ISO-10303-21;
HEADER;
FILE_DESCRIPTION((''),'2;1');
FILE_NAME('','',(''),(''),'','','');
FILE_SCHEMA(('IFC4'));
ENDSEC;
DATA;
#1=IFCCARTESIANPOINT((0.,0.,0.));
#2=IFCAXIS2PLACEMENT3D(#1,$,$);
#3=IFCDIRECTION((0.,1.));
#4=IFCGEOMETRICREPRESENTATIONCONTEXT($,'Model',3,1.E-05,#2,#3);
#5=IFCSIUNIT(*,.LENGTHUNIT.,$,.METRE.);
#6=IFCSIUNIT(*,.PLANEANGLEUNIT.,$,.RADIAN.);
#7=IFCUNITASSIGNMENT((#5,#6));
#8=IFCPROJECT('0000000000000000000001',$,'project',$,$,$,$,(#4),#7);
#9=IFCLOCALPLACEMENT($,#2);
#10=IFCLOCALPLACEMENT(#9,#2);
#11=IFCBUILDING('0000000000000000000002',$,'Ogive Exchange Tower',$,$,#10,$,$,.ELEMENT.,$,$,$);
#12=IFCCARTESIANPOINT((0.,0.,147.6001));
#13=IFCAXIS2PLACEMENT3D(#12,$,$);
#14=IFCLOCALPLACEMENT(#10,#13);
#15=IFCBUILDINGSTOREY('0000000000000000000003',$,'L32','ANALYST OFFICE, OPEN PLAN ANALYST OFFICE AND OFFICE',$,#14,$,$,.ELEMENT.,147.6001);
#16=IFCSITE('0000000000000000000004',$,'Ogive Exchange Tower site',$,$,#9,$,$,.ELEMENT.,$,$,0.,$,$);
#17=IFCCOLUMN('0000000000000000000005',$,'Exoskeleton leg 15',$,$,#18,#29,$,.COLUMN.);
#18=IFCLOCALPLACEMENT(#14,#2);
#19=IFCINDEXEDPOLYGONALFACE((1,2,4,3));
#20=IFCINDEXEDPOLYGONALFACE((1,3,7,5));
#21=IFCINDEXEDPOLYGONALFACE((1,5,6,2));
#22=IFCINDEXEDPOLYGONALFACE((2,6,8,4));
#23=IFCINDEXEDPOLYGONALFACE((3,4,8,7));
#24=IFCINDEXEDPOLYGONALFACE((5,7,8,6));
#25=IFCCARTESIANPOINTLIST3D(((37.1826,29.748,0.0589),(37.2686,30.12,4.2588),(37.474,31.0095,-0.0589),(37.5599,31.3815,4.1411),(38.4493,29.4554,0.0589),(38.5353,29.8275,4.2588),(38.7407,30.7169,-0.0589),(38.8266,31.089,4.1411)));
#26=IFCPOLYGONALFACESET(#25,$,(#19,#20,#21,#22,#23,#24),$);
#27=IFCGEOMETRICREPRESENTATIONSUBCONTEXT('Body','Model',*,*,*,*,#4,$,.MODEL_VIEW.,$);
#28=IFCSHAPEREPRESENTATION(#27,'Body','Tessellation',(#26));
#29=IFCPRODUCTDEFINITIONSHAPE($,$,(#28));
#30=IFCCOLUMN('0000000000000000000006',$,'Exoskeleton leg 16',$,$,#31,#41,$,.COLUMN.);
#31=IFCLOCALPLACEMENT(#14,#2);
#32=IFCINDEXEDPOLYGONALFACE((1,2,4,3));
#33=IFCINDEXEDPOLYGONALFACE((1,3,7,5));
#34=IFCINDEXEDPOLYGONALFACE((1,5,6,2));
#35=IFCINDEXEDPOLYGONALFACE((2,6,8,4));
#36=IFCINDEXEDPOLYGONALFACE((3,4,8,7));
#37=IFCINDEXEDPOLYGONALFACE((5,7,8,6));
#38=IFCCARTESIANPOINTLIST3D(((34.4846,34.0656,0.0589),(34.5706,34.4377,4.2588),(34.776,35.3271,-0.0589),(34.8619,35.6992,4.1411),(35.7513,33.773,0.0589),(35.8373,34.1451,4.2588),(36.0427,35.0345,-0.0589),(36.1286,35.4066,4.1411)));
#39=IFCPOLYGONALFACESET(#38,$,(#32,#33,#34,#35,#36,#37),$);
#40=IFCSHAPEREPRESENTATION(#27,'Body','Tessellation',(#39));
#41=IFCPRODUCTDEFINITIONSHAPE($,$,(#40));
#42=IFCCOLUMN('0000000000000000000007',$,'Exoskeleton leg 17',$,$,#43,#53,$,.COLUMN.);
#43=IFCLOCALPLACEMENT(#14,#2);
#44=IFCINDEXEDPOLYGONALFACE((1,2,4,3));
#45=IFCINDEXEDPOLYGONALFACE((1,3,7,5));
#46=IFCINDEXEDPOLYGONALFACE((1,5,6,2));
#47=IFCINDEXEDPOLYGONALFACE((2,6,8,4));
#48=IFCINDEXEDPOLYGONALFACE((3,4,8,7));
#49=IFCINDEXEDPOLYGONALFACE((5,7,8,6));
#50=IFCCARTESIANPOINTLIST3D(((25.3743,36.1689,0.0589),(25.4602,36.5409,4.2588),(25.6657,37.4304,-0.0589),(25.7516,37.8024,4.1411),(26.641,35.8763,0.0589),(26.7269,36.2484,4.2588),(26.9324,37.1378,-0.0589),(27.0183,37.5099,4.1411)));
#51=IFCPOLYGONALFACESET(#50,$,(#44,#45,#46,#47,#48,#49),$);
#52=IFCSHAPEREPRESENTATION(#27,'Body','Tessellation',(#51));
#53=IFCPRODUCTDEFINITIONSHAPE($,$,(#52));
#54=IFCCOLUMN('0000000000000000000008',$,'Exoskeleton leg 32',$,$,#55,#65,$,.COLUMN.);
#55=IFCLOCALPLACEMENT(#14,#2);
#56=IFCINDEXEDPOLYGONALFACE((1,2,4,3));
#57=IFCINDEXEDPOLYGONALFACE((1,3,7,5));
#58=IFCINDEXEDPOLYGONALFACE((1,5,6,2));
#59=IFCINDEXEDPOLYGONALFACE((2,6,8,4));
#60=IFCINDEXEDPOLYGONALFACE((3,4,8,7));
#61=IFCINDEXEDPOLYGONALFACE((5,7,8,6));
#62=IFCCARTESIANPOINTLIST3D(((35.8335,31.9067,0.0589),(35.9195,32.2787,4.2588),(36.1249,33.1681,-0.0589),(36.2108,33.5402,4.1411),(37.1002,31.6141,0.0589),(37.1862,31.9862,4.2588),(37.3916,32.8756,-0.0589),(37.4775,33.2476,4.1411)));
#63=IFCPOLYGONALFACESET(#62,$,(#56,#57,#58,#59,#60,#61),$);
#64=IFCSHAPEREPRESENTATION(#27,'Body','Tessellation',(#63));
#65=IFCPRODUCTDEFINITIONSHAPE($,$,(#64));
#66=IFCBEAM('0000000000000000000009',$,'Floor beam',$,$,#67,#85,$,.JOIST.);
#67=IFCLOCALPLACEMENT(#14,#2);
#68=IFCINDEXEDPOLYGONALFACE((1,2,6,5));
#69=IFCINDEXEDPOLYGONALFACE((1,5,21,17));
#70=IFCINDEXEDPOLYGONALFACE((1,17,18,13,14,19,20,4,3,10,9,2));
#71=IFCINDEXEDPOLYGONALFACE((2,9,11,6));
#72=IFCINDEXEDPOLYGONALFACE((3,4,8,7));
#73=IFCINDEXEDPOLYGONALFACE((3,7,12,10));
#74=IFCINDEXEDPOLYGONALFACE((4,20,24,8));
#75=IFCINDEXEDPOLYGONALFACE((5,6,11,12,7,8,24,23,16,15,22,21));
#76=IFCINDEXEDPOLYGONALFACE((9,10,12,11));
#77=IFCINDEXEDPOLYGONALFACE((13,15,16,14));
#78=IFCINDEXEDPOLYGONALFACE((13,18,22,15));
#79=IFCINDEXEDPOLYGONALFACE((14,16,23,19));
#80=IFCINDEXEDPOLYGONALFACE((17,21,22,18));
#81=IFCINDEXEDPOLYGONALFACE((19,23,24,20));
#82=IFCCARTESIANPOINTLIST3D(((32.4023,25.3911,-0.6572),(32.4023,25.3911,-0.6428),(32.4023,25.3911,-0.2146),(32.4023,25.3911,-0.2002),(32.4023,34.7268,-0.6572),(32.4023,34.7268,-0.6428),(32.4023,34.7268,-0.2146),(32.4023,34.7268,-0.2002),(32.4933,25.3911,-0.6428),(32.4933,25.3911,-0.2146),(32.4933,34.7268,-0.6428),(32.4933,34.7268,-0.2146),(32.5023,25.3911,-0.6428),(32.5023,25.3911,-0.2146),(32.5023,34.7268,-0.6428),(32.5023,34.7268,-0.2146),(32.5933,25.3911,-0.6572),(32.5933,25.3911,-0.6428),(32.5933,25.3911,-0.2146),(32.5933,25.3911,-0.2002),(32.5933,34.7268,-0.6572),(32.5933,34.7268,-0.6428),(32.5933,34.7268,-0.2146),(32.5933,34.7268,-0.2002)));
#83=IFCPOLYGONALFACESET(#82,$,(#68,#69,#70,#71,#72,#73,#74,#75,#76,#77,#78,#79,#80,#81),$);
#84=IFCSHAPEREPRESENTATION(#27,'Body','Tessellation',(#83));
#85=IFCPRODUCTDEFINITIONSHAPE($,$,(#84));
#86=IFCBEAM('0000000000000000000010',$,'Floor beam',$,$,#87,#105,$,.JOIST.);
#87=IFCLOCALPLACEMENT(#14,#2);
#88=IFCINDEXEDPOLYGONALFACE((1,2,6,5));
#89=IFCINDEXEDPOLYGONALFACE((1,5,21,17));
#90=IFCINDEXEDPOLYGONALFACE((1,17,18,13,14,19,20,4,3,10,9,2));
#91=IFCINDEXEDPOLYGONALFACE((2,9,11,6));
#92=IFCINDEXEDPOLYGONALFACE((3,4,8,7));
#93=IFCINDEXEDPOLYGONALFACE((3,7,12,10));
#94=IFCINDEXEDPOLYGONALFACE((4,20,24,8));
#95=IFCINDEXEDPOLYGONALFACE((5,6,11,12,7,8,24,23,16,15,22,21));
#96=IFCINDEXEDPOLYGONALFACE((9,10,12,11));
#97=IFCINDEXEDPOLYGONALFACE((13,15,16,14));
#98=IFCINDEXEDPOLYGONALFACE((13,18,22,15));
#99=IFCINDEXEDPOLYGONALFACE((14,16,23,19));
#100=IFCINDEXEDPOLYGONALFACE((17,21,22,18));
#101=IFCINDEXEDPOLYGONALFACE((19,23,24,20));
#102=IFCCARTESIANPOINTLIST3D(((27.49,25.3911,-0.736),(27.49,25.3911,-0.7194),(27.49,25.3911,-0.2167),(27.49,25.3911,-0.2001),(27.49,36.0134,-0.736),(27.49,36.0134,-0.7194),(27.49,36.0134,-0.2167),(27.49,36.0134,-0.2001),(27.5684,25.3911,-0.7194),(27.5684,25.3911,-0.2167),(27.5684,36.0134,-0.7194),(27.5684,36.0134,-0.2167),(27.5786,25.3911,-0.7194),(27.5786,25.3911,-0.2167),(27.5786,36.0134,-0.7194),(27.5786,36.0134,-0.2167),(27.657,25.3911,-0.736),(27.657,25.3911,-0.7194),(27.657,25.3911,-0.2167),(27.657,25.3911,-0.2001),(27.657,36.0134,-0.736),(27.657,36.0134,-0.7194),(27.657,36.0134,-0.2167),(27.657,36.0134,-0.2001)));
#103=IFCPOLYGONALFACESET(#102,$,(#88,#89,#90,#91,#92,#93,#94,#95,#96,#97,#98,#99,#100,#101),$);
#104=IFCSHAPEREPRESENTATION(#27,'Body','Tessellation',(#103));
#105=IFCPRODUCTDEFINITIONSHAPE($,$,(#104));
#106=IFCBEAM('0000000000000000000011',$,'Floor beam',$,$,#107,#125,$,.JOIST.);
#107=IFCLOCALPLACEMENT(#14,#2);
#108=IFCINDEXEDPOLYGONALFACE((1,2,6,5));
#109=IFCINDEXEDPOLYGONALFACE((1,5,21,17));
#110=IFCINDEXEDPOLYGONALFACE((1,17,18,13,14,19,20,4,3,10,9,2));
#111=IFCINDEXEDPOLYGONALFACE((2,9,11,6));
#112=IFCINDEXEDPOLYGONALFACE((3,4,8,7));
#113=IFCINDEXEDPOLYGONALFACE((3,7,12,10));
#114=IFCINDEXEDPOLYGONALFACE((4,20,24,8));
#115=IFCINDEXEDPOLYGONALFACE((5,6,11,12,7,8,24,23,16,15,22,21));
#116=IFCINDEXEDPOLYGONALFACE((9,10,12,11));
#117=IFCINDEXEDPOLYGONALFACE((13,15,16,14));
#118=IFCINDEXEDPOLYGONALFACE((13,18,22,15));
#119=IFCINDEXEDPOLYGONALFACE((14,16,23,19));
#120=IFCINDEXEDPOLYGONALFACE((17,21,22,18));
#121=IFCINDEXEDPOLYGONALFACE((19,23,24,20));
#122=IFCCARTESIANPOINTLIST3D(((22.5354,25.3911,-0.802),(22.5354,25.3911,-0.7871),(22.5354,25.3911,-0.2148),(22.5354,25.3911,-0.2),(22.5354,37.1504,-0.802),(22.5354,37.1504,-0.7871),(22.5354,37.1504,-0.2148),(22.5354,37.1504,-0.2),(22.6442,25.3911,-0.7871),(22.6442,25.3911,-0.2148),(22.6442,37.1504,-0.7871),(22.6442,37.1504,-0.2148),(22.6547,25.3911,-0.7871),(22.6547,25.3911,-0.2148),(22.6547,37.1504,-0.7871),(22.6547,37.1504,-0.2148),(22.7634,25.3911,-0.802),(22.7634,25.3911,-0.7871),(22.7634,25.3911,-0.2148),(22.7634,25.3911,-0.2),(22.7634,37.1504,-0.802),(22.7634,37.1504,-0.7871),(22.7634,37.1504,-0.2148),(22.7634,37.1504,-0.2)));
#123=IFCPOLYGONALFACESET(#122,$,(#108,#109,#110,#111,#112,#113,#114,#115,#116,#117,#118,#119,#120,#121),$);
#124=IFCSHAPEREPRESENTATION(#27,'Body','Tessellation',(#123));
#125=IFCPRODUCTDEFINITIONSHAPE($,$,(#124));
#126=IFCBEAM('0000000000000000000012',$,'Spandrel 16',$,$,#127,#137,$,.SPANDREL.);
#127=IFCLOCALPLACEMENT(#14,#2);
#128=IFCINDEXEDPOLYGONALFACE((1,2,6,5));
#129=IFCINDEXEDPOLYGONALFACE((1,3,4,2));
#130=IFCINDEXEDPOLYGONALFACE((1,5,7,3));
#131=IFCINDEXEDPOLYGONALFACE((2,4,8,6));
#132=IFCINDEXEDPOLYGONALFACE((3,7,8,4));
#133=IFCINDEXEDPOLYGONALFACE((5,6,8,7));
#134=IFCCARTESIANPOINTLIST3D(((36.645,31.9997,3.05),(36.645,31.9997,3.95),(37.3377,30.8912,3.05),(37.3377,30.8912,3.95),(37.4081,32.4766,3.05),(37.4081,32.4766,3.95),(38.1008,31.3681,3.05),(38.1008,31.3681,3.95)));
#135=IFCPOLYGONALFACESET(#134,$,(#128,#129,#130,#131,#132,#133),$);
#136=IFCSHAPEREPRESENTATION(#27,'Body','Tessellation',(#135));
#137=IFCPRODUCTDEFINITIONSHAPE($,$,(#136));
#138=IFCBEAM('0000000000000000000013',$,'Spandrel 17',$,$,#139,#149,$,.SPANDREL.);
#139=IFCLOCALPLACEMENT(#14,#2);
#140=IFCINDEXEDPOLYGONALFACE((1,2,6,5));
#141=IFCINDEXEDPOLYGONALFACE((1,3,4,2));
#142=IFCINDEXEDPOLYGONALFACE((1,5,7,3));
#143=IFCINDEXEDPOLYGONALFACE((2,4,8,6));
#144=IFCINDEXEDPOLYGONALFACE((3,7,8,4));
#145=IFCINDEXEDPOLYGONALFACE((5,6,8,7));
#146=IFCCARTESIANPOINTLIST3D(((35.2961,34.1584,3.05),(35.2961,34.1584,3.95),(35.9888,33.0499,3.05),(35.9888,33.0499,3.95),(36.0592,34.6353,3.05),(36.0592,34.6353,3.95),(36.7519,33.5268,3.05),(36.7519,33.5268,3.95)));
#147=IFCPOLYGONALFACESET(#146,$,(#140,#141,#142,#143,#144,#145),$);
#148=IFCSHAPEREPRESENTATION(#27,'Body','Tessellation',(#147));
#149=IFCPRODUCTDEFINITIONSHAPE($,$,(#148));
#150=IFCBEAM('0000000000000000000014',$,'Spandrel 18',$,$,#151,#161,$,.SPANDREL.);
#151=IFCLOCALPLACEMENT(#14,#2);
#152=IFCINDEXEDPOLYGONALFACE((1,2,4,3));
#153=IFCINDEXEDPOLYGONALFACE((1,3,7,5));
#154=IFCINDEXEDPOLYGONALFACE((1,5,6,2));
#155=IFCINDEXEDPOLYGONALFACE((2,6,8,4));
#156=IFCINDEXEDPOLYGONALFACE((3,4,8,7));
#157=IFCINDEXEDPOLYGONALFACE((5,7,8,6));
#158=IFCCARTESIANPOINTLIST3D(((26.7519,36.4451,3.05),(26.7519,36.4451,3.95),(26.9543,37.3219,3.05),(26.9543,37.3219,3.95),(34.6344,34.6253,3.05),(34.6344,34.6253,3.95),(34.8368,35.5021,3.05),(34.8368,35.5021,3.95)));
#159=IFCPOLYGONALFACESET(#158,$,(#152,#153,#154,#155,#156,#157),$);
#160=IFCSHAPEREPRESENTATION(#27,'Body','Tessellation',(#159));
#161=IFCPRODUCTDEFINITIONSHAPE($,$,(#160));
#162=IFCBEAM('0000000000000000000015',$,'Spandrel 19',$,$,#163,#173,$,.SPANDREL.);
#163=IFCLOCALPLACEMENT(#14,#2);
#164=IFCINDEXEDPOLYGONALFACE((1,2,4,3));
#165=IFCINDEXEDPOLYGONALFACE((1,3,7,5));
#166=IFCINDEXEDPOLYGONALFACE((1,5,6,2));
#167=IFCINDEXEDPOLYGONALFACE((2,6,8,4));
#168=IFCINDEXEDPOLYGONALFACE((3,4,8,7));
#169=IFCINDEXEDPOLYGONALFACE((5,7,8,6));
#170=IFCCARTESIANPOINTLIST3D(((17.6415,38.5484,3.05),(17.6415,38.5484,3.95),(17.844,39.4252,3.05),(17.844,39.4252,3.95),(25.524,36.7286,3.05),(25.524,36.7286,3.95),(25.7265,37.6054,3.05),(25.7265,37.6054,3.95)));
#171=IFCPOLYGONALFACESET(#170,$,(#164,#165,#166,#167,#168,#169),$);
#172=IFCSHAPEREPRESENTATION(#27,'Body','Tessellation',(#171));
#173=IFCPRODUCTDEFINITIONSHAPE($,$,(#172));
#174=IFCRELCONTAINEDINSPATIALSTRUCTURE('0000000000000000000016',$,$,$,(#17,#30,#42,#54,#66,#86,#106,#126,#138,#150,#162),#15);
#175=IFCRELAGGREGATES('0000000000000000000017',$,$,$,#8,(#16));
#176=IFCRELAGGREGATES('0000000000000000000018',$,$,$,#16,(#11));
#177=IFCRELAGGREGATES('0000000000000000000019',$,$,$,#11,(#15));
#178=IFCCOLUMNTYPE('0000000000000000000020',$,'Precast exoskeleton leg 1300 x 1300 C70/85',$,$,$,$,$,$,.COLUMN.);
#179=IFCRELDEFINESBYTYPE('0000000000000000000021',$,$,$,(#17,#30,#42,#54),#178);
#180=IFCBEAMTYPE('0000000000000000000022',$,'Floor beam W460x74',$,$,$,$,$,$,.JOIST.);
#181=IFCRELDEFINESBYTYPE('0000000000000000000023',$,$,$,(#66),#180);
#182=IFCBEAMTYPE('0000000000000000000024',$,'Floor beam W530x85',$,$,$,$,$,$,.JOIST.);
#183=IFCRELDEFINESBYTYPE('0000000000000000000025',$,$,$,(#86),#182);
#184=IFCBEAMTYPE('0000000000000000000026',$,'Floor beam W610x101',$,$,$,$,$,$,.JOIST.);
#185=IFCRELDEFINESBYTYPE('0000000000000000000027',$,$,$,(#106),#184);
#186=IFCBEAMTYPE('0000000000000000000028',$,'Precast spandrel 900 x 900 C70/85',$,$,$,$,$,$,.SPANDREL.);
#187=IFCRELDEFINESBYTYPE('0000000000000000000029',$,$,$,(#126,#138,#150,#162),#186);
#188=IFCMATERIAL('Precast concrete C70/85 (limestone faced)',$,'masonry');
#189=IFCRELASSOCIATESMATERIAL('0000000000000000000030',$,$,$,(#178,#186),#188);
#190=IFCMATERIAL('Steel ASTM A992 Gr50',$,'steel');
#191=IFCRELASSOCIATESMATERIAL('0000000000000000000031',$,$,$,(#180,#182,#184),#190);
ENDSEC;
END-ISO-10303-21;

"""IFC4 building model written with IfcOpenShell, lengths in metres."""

from ifc_helpers import new_model, si_unit, direction, frame, origin, origin_2d, place, context, subcontext, project, spatial, rectangle, i_section, extrude, material, material_profile, profile_set, type_object, element, save


model = new_model("IFC4")

# Units and contexts
model_context = context("Model", 3, precision=1e-05, world=origin(), true_north=direction((0.0, 1.0)))
body_context = subcontext(model_context, "Body", "Model", "MODEL_VIEW")
ifc_project = project(units=[si_unit("LENGTHUNIT", "METRE"), si_unit("PLANEANGLEUNIT", "RADIAN")], contexts=[model_context])

# Site, building, storey
site_placement = place(None, origin())
site = spatial("IfcSite", under=ifc_project, at=site_placement, Name="Ogive Exchange Tower site", CompositionType="ELEMENT", RefElevation=0.0)
building_placement = place(site_placement, origin())
building = spatial("IfcBuilding", under=site, at=building_placement, Name="Ogive Exchange Tower", CompositionType="ELEMENT")
storey_placement = place(building_placement, frame((0.0, 0.0, 147.6001)))
storey = spatial("IfcBuildingStorey", under=building, at=storey_placement, Name="L32", Description="ANALYST OFFICE, OPEN PLAN ANALYST OFFICE AND OFFICE", CompositionType="ELEMENT", Elevation=147.6001)

# Columns
ifc_material_1 = material(Name="Precast concrete C70/85 (limestone faced)", Category="masonry")
ifc_material_profile_1 = material_profile(ifc_material_1, rectangle(XDim=1.3, YDim=1.3, at=origin_2d()), Name="1300 x 1300")
ifc_profile_set_1 = profile_set([ifc_material_profile_1], Name="Precast concrete C70/85 (limestone faced)")
column_type = type_object("IfcColumnType", Name="Precast exoskeleton leg 1300 x 1300 C70/85", PredefinedType="COLUMN", material=ifc_profile_set_1)
for number, where, z_axis, x_axis, name in (
    (1, (37.9617, 30.2324, 0.0), (0.020377, 0.088225, 0.995892), (-0.974348, 0.225046, 0.0), "Exoskeleton leg 15"),
    (2, (35.2637, 34.55, 0.0), (0.020377, 0.088225, 0.995892), (-0.974348, 0.225046, 0.0), "Exoskeleton leg 16"),
    (3, (26.1533, 36.6533, 0.0), (0.020377, 0.088225, 0.995892), (-0.974348, 0.225046, 0.0), "Exoskeleton leg 17"),
    (4, (36.6125, 32.3911, 0.0), (0.020377, 0.088225, 0.995892), (-0.974348, 0.225046, 0.0), "Exoskeleton leg 32"),
):
    element("IfcColumn", number, at=place(storey_placement, frame(where, z_axis=z_axis, x_axis=x_axis)), inside=storey, type_object=column_type, Name=name, PredefinedType="COLUMN", context=body_context, shape_type="SweptSolid", body=[
        extrude(rectangle(XDim=1.3, YDim=1.3, at=origin_2d()), origin(), (0.0, 0.0, 1.0), 4.2173),
    ])

# Beams
ifc_material_2 = material(Name="Steel ASTM A992 Gr50", Category="steel")
ifc_material_profile_2 = material_profile(ifc_material_2, i_section(OverallWidth=0.1909, OverallDepth=0.457, WebThickness=0.009, FlangeThickness=0.0144, at=origin_2d()), Name="W460x74")
ifc_profile_set_2 = profile_set([ifc_material_profile_2], Name="Steel ASTM A992 Gr50")
beam_type_1 = type_object("IfcBeamType", Name="Floor beam W460x74", PredefinedType="JOIST", material=ifc_profile_set_2)
beam_1_placement = place(storey_placement, frame((32.4978, 25.3911, -0.4287), z_axis=(0.0, 1.0, 0.0), x_axis=(-1.0, 0.0, 0.0)))
element("IfcBeam", 5, at=beam_1_placement, inside=storey, type_object=beam_type_1, Name="Floor beam", PredefinedType="JOIST", context=body_context, shape_type="SweptSolid", body=[
    extrude(i_section(OverallWidth=0.1909, OverallDepth=0.457, WebThickness=0.009, FlangeThickness=0.0144, at=origin_2d()), origin(), (0.0, 0.0, 1.0), 9.3357),
])
ifc_material_profile_3 = material_profile(ifc_material_2, i_section(OverallWidth=0.167, OverallDepth=0.5359, WebThickness=0.0103, FlangeThickness=0.0166, at=origin_2d()), Name="W530x85")
ifc_profile_set_3 = profile_set([ifc_material_profile_3], Name="Steel ASTM A992 Gr50")
beam_type_2 = type_object("IfcBeamType", Name="Floor beam W530x85", PredefinedType="JOIST", material=ifc_profile_set_3)
beam_2_placement = place(storey_placement, frame((27.5735, 25.3911, -0.468), z_axis=(0.0, 1.0, 0.0), x_axis=(-1.0, 0.0, 0.0)))
element("IfcBeam", 6, at=beam_2_placement, inside=storey, type_object=beam_type_2, Name="Floor beam", PredefinedType="JOIST", context=body_context, shape_type="SweptSolid", body=[
    extrude(i_section(OverallWidth=0.167, OverallDepth=0.5359, WebThickness=0.0103, FlangeThickness=0.0166, at=origin_2d()), origin(), (0.0, 0.0, 1.0), 10.6223),
])
ifc_material_profile_4 = material_profile(ifc_material_2, i_section(OverallWidth=0.228, OverallDepth=0.6021, WebThickness=0.0105, FlangeThickness=0.0149, at=origin_2d()), Name="W610x101")
ifc_profile_set_4 = profile_set([ifc_material_profile_4], Name="Steel ASTM A992 Gr50")
beam_type_3 = type_object("IfcBeamType", Name="Floor beam W610x101", PredefinedType="JOIST", material=ifc_profile_set_4)
beam_3_placement = place(storey_placement, frame((22.6494, 25.3911, -0.501), z_axis=(0.0, 1.0, 0.0), x_axis=(-1.0, 0.0, 0.0)))
element("IfcBeam", 7, at=beam_3_placement, inside=storey, type_object=beam_type_3, Name="Floor beam", PredefinedType="JOIST", context=body_context, shape_type="SweptSolid", body=[
    extrude(i_section(OverallWidth=0.228, OverallDepth=0.6021, WebThickness=0.0105, FlangeThickness=0.0149, at=origin_2d()), origin(), (0.0, 0.0, 1.0), 11.7593),
])
ifc_material_profile_5 = material_profile(ifc_material_1, rectangle(XDim=0.8999, YDim=0.8999, at=origin_2d()), Name="900 x 900")
ifc_profile_set_5 = profile_set([ifc_material_profile_5], Name="Precast concrete C70/85 (limestone faced)")
beam_type_4 = type_object("IfcBeamType", Name="Precast spandrel 900 x 900 C70/85", PredefinedType="SPANDREL", material=ifc_profile_set_5)
for number, where, z_axis, x_axis, name in (
    (8, (37.7192, 31.1296, 3.5), (-0.529932, 0.84804, 0.0), (-0.84804, -0.529932, 0.0), "Spandrel 16"),
    (9, (36.3704, 33.2883, 3.5), (-0.529932, 0.84804, 0.0), (-0.84804, -0.529932, 0.0), "Spandrel 17"),
):
    element("IfcBeam", number, at=place(storey_placement, frame(where, z_axis=z_axis, x_axis=x_axis)), inside=storey, type_object=beam_type_4, Name=name, PredefinedType="SPANDREL", context=body_context, shape_type="SweptSolid", body=[
        extrude(rectangle(XDim=0.8999, YDim=0.8999, at=origin_2d()), origin(), (0.0, 0.0, 1.0), 1.3071),
    ])
for number, where, z_axis, x_axis, name in (
    (10, (34.7356, 35.0637, 3.5), (-0.97437, 0.22495, 0.0), (-0.22495, -0.97437, 0.0), "Spandrel 18"),
    (11, (25.6252, 37.167, 3.5), (-0.97437, 0.22495, 0.0), (-0.22495, -0.97437, 0.0), "Spandrel 19"),
):
    element("IfcBeam", number, at=place(storey_placement, frame(where, z_axis=z_axis, x_axis=x_axis)), inside=storey, type_object=beam_type_4, Name=name, PredefinedType="SPANDREL", context=body_context, shape_type="SweptSolid", body=[
        extrude(rectangle(XDim=0.8999, YDim=0.8999, at=origin_2d()), origin(), (0.0, 0.0, 1.0), 8.0898),
    ])

save(model, "model.ifc")
